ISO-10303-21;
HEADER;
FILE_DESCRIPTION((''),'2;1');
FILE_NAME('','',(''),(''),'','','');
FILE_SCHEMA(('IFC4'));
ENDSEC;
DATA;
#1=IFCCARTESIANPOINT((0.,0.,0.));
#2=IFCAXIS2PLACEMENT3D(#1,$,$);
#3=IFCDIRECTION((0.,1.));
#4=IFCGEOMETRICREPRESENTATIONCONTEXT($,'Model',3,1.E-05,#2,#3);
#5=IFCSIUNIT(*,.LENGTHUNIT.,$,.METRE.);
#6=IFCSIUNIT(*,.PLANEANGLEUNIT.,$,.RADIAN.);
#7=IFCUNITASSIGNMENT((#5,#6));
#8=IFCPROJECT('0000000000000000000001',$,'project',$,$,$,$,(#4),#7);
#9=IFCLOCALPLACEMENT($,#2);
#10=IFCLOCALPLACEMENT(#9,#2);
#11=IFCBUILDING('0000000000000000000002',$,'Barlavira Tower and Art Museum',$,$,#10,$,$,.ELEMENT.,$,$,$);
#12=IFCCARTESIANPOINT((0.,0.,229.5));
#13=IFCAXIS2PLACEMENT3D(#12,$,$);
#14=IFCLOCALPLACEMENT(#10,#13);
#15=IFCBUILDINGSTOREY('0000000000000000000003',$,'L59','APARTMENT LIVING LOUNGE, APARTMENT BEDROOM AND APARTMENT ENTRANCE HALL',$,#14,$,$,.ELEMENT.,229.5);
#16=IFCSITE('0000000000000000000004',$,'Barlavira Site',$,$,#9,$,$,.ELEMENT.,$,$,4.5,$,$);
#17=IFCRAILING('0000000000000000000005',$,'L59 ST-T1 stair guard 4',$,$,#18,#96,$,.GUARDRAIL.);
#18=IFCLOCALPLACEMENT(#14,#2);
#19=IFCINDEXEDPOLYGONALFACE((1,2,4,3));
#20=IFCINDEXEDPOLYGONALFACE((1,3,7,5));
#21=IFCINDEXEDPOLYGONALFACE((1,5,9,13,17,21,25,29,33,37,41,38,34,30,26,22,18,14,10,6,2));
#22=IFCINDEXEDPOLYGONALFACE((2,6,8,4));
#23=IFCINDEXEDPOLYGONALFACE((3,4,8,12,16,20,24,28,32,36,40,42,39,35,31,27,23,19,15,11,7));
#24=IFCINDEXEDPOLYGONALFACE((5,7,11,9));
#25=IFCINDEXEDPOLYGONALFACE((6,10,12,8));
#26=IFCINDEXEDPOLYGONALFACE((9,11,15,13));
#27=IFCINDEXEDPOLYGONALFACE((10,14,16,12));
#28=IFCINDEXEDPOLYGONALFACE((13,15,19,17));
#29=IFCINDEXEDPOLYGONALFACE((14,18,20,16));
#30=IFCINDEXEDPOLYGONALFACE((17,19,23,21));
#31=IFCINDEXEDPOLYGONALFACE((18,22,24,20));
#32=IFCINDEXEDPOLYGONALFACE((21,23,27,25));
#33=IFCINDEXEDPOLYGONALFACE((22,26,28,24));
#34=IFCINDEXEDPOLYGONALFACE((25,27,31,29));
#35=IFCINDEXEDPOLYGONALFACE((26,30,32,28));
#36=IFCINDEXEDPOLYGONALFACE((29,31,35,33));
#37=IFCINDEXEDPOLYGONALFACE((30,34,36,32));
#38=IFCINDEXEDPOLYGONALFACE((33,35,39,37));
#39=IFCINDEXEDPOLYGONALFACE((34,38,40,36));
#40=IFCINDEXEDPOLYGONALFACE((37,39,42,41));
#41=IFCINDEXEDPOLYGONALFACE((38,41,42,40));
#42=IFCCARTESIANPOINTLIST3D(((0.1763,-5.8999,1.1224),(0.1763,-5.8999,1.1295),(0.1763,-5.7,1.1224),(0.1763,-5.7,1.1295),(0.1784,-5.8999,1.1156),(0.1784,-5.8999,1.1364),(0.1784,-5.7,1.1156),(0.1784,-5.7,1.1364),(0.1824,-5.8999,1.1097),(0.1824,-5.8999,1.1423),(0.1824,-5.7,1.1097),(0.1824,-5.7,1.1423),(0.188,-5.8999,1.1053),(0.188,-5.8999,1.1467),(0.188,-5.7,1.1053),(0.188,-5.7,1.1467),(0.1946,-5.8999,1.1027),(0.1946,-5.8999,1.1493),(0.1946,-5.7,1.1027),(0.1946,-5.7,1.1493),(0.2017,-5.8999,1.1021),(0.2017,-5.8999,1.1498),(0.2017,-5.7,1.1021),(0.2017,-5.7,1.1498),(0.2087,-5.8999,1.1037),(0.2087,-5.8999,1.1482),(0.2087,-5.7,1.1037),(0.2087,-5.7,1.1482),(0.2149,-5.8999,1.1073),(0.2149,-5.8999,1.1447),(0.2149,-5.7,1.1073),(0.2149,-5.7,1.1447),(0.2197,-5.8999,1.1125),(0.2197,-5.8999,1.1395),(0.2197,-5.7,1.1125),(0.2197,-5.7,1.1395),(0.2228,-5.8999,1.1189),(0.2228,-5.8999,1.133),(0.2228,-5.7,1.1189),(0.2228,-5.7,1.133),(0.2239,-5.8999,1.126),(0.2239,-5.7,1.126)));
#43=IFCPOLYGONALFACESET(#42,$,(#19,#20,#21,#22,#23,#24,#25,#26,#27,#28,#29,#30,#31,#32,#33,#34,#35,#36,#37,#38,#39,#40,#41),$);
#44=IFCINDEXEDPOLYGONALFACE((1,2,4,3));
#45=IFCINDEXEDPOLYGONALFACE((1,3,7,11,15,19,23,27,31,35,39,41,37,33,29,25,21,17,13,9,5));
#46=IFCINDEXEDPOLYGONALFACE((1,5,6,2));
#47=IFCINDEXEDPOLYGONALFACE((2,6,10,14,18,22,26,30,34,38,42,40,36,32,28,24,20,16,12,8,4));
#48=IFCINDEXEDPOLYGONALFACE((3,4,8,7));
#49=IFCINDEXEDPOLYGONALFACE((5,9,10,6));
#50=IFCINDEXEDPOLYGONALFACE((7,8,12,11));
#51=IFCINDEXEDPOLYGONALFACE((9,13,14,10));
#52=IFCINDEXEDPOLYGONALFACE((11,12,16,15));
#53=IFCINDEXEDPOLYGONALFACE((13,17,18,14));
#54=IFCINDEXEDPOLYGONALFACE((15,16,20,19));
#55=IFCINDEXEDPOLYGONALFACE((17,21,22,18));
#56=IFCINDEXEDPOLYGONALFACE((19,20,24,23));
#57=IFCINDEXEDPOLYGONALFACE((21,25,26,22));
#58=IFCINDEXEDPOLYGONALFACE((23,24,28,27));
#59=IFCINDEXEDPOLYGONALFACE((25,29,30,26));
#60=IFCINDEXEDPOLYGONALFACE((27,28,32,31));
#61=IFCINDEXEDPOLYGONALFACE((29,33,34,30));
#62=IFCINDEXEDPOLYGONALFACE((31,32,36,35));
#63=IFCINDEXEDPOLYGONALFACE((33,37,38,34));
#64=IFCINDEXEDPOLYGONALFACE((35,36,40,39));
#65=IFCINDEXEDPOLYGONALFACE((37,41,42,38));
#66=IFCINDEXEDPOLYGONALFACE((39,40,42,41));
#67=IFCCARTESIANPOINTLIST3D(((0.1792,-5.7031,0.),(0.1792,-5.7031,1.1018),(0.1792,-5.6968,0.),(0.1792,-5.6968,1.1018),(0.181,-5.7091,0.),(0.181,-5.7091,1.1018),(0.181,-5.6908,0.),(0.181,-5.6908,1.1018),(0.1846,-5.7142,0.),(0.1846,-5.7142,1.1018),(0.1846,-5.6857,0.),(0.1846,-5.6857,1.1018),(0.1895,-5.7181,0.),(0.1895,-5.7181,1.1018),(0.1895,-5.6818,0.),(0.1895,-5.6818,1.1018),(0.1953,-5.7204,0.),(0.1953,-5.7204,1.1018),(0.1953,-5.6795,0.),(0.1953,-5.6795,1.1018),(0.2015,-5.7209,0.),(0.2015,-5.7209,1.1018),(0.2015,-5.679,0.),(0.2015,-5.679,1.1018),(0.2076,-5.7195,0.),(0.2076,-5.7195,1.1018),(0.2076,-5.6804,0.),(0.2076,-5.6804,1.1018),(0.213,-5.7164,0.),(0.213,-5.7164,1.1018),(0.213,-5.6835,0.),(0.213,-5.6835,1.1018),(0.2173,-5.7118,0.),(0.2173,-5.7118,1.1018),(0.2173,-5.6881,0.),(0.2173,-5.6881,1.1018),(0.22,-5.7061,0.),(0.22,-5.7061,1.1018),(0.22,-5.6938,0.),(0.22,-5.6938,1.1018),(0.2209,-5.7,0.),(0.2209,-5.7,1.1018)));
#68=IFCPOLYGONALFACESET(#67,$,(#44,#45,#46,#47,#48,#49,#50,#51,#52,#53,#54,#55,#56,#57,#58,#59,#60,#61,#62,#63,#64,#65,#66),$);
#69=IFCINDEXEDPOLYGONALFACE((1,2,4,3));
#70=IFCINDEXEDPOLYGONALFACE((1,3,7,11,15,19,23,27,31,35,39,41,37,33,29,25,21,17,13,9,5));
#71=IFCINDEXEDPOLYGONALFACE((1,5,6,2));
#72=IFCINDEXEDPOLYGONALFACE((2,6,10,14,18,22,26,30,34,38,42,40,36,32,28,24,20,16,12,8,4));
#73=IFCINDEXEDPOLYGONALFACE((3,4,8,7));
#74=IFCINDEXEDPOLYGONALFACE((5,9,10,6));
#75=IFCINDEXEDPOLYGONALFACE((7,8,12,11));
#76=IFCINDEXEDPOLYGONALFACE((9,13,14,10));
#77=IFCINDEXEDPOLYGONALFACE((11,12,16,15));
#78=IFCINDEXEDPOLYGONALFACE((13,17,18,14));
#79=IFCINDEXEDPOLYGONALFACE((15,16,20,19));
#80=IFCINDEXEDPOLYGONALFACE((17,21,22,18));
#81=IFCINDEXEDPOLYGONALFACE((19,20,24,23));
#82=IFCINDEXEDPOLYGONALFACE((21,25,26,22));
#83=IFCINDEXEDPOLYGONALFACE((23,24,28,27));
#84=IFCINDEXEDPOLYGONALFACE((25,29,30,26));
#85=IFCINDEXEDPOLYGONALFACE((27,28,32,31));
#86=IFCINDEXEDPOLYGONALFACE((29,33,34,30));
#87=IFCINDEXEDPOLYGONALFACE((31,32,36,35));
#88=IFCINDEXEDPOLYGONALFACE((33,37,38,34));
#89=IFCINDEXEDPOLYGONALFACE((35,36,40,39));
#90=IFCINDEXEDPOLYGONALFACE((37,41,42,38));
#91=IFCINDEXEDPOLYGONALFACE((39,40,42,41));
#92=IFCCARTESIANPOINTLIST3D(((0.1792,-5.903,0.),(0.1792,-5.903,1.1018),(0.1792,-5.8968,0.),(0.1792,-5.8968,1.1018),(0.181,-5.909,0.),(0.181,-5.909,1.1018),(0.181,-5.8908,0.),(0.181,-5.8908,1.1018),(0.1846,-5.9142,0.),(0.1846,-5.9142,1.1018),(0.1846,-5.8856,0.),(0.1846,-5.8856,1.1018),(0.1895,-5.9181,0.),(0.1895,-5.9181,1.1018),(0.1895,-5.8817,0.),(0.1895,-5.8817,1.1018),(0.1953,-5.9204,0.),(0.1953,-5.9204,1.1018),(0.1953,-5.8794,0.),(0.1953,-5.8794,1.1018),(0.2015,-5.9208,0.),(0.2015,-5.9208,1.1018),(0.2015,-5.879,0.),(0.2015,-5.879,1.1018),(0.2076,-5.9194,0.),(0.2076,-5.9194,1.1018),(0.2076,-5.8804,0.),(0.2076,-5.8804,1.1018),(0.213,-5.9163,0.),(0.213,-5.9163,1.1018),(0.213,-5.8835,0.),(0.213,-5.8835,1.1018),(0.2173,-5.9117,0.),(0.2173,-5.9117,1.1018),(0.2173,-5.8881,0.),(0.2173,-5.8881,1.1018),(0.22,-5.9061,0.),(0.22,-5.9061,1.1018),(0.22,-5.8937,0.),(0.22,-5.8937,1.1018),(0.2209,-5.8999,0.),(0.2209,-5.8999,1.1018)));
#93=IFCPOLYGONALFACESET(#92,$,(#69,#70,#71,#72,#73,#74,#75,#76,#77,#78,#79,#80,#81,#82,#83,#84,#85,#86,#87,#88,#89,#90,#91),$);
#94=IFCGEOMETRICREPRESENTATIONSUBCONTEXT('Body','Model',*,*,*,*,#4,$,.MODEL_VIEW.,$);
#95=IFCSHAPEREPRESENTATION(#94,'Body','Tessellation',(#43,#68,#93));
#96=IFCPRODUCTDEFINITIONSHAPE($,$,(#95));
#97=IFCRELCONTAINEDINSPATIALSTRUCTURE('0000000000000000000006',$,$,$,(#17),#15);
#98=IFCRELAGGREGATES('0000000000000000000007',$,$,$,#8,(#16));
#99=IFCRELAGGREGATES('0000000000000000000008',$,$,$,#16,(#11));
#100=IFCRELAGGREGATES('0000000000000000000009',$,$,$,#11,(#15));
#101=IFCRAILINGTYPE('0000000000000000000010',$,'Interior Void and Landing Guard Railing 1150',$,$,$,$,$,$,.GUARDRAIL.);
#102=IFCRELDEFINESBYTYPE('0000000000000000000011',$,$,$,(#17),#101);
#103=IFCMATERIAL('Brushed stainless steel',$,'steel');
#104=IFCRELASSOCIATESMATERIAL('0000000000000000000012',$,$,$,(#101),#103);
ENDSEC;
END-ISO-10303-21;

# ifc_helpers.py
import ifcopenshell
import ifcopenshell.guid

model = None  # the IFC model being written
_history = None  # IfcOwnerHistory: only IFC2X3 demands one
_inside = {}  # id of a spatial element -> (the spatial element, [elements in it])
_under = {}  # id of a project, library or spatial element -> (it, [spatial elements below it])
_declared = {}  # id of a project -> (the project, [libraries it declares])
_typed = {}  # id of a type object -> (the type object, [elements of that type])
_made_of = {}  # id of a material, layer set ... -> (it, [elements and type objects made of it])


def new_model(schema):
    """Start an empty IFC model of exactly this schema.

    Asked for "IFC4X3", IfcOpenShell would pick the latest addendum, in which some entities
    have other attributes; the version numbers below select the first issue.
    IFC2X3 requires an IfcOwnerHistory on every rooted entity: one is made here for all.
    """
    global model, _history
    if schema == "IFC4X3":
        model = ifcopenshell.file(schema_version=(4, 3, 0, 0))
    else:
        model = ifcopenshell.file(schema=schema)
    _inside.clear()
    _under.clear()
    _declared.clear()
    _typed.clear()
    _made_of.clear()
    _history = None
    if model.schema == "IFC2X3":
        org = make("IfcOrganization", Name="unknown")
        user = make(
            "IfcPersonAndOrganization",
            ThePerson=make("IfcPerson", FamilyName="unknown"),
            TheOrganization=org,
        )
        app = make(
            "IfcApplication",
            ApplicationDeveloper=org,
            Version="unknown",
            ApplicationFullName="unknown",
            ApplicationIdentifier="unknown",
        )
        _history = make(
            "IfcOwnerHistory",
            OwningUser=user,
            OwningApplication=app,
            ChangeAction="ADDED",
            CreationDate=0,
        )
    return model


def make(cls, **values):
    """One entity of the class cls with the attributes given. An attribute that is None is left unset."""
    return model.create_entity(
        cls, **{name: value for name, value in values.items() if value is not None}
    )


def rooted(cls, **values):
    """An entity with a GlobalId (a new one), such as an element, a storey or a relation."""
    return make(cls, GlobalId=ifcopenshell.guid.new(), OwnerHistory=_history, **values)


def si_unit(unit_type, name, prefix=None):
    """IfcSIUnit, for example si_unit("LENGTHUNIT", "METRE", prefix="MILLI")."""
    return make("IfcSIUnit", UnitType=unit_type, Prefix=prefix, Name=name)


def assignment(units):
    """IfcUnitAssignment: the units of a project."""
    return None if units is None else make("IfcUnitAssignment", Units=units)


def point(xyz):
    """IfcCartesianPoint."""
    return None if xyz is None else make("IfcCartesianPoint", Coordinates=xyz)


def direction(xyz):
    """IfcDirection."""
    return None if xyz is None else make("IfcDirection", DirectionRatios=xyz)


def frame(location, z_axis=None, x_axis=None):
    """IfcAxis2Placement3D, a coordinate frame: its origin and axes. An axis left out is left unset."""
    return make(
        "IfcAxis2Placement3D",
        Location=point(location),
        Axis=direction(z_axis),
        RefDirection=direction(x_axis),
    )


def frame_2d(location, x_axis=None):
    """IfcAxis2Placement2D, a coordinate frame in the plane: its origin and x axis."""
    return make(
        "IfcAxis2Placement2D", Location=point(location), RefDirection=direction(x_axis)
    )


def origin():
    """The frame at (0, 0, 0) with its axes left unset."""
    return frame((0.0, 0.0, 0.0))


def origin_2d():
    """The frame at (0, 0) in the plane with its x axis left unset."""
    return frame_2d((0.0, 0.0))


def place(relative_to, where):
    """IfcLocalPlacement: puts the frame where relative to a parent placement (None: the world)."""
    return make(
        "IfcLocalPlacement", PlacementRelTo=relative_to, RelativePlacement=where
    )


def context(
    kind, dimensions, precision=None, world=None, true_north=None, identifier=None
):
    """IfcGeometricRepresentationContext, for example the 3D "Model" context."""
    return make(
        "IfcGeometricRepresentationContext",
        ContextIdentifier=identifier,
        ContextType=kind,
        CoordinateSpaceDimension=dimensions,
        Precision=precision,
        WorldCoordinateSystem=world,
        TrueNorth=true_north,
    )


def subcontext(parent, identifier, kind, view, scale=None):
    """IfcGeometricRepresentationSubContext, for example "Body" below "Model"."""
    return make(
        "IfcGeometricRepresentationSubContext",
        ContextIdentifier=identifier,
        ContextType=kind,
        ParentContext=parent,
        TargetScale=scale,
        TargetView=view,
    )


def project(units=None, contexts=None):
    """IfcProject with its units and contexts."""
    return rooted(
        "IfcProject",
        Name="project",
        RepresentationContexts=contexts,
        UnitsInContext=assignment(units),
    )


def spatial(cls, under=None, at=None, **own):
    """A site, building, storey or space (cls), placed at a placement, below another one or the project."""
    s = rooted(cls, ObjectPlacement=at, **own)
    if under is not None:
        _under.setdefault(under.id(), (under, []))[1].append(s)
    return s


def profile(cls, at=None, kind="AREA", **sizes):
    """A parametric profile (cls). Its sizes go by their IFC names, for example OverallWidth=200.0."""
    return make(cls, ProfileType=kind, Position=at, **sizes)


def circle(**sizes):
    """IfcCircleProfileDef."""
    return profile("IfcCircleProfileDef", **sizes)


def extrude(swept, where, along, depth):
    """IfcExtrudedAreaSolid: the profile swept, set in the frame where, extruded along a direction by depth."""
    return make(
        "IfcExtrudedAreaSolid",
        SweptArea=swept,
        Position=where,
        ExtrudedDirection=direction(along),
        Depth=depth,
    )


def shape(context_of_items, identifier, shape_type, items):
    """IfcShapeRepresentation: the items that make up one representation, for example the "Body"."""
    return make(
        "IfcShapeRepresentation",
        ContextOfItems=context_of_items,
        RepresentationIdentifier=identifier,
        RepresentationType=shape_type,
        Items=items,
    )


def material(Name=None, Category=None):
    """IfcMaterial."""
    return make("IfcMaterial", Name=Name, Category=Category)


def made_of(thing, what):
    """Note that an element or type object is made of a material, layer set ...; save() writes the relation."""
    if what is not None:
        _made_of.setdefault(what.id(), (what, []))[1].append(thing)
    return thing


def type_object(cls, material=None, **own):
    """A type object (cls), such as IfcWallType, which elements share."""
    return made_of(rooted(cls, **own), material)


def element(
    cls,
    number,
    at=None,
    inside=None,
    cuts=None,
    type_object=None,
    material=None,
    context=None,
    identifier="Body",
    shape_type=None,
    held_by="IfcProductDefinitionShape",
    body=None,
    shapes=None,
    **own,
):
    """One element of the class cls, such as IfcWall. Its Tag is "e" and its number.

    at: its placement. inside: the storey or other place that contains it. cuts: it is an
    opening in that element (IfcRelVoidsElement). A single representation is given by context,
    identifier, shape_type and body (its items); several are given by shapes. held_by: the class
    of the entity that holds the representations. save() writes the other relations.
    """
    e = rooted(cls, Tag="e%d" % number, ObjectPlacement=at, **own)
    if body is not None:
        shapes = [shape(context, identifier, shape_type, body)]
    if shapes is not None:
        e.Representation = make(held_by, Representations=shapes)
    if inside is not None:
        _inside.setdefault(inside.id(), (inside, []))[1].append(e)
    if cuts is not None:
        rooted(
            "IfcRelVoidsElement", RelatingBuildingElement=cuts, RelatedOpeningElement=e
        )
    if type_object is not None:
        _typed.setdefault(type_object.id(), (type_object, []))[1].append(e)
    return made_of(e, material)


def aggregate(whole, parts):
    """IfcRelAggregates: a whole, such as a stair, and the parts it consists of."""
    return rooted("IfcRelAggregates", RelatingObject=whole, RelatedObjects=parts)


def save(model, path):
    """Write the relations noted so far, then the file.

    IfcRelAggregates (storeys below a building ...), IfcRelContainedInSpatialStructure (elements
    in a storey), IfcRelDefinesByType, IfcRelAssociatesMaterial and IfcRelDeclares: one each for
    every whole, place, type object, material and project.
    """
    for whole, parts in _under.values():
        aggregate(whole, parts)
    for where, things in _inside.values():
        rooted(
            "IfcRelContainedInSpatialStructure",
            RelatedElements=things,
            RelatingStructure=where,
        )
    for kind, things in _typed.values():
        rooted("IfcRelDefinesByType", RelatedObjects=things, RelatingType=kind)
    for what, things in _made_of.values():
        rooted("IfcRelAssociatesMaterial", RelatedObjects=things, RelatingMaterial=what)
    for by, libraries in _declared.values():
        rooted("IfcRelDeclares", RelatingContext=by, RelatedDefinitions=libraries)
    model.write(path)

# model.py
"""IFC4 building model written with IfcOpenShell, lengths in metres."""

from ifc_helpers import new_model, si_unit, direction, frame, origin, origin_2d, place, context, subcontext, project, spatial, circle, extrude, material, type_object, element, save


model = new_model("IFC4")

# Units and contexts
model_context = context("Model", 3, precision=1e-05, world=origin(), true_north=direction((0.0, 1.0)))
body_context = subcontext(model_context, "Body", "Model", "MODEL_VIEW")
ifc_project = project(units=[si_unit("LENGTHUNIT", "METRE"), si_unit("PLANEANGLEUNIT", "RADIAN")], contexts=[model_context])

# Site, building, storey
site_placement = place(None, origin())
site = spatial("IfcSite", under=ifc_project, at=site_placement, Name="Barlavira Site", CompositionType="ELEMENT", RefElevation=4.5)
building_placement = place(site_placement, origin())
building = spatial("IfcBuilding", under=site, at=building_placement, Name="Barlavira Tower and Art Museum", CompositionType="ELEMENT")
storey_placement = place(building_placement, frame((0.0, 0.0, 229.5)))
storey = spatial("IfcBuildingStorey", under=building, at=storey_placement, Name="L59", Description="APARTMENT LIVING LOUNGE, APARTMENT BEDROOM AND APARTMENT ENTRANCE HALL", CompositionType="ELEMENT", Elevation=229.5)

# Shared definitions
ifc_material_1 = material(Name="Brushed stainless steel", Category="steel")

# Railing
railing_type_1 = type_object("IfcRailingType", Name="Interior Void and Landing Guard Railing 1150", PredefinedType="GUARDRAIL", material=ifc_material_1)
railing_1_placement = place(storey_placement, frame((0.2, -5.7, 0.0)))
element("IfcRailing", 1, at=railing_1_placement, inside=storey, type_object=railing_type_1, Name="L59 ST-T1 stair guard 4", PredefinedType="GUARDRAIL", context=body_context, shape_type="SweptSolid", body=[
    extrude(circle(Radius=0.0239, at=origin_2d()), frame((0.0, 0.0, 1.126), z_axis=(0.0, -1.0, 0.0), x_axis=(1.0, 0.0, 0.0)), (0.0, 0.0, 1.0), 0.2),
    extrude(circle(Radius=0.021, at=origin_2d()), origin(), (0.0, 0.0, 1.0), 1.1018),
    extrude(circle(Radius=0.021, at=origin_2d()), frame((0.0, -0.2, 0.0)), (0.0, 0.0, 1.0), 1.1018),
])

save(model, "model.ifc")
